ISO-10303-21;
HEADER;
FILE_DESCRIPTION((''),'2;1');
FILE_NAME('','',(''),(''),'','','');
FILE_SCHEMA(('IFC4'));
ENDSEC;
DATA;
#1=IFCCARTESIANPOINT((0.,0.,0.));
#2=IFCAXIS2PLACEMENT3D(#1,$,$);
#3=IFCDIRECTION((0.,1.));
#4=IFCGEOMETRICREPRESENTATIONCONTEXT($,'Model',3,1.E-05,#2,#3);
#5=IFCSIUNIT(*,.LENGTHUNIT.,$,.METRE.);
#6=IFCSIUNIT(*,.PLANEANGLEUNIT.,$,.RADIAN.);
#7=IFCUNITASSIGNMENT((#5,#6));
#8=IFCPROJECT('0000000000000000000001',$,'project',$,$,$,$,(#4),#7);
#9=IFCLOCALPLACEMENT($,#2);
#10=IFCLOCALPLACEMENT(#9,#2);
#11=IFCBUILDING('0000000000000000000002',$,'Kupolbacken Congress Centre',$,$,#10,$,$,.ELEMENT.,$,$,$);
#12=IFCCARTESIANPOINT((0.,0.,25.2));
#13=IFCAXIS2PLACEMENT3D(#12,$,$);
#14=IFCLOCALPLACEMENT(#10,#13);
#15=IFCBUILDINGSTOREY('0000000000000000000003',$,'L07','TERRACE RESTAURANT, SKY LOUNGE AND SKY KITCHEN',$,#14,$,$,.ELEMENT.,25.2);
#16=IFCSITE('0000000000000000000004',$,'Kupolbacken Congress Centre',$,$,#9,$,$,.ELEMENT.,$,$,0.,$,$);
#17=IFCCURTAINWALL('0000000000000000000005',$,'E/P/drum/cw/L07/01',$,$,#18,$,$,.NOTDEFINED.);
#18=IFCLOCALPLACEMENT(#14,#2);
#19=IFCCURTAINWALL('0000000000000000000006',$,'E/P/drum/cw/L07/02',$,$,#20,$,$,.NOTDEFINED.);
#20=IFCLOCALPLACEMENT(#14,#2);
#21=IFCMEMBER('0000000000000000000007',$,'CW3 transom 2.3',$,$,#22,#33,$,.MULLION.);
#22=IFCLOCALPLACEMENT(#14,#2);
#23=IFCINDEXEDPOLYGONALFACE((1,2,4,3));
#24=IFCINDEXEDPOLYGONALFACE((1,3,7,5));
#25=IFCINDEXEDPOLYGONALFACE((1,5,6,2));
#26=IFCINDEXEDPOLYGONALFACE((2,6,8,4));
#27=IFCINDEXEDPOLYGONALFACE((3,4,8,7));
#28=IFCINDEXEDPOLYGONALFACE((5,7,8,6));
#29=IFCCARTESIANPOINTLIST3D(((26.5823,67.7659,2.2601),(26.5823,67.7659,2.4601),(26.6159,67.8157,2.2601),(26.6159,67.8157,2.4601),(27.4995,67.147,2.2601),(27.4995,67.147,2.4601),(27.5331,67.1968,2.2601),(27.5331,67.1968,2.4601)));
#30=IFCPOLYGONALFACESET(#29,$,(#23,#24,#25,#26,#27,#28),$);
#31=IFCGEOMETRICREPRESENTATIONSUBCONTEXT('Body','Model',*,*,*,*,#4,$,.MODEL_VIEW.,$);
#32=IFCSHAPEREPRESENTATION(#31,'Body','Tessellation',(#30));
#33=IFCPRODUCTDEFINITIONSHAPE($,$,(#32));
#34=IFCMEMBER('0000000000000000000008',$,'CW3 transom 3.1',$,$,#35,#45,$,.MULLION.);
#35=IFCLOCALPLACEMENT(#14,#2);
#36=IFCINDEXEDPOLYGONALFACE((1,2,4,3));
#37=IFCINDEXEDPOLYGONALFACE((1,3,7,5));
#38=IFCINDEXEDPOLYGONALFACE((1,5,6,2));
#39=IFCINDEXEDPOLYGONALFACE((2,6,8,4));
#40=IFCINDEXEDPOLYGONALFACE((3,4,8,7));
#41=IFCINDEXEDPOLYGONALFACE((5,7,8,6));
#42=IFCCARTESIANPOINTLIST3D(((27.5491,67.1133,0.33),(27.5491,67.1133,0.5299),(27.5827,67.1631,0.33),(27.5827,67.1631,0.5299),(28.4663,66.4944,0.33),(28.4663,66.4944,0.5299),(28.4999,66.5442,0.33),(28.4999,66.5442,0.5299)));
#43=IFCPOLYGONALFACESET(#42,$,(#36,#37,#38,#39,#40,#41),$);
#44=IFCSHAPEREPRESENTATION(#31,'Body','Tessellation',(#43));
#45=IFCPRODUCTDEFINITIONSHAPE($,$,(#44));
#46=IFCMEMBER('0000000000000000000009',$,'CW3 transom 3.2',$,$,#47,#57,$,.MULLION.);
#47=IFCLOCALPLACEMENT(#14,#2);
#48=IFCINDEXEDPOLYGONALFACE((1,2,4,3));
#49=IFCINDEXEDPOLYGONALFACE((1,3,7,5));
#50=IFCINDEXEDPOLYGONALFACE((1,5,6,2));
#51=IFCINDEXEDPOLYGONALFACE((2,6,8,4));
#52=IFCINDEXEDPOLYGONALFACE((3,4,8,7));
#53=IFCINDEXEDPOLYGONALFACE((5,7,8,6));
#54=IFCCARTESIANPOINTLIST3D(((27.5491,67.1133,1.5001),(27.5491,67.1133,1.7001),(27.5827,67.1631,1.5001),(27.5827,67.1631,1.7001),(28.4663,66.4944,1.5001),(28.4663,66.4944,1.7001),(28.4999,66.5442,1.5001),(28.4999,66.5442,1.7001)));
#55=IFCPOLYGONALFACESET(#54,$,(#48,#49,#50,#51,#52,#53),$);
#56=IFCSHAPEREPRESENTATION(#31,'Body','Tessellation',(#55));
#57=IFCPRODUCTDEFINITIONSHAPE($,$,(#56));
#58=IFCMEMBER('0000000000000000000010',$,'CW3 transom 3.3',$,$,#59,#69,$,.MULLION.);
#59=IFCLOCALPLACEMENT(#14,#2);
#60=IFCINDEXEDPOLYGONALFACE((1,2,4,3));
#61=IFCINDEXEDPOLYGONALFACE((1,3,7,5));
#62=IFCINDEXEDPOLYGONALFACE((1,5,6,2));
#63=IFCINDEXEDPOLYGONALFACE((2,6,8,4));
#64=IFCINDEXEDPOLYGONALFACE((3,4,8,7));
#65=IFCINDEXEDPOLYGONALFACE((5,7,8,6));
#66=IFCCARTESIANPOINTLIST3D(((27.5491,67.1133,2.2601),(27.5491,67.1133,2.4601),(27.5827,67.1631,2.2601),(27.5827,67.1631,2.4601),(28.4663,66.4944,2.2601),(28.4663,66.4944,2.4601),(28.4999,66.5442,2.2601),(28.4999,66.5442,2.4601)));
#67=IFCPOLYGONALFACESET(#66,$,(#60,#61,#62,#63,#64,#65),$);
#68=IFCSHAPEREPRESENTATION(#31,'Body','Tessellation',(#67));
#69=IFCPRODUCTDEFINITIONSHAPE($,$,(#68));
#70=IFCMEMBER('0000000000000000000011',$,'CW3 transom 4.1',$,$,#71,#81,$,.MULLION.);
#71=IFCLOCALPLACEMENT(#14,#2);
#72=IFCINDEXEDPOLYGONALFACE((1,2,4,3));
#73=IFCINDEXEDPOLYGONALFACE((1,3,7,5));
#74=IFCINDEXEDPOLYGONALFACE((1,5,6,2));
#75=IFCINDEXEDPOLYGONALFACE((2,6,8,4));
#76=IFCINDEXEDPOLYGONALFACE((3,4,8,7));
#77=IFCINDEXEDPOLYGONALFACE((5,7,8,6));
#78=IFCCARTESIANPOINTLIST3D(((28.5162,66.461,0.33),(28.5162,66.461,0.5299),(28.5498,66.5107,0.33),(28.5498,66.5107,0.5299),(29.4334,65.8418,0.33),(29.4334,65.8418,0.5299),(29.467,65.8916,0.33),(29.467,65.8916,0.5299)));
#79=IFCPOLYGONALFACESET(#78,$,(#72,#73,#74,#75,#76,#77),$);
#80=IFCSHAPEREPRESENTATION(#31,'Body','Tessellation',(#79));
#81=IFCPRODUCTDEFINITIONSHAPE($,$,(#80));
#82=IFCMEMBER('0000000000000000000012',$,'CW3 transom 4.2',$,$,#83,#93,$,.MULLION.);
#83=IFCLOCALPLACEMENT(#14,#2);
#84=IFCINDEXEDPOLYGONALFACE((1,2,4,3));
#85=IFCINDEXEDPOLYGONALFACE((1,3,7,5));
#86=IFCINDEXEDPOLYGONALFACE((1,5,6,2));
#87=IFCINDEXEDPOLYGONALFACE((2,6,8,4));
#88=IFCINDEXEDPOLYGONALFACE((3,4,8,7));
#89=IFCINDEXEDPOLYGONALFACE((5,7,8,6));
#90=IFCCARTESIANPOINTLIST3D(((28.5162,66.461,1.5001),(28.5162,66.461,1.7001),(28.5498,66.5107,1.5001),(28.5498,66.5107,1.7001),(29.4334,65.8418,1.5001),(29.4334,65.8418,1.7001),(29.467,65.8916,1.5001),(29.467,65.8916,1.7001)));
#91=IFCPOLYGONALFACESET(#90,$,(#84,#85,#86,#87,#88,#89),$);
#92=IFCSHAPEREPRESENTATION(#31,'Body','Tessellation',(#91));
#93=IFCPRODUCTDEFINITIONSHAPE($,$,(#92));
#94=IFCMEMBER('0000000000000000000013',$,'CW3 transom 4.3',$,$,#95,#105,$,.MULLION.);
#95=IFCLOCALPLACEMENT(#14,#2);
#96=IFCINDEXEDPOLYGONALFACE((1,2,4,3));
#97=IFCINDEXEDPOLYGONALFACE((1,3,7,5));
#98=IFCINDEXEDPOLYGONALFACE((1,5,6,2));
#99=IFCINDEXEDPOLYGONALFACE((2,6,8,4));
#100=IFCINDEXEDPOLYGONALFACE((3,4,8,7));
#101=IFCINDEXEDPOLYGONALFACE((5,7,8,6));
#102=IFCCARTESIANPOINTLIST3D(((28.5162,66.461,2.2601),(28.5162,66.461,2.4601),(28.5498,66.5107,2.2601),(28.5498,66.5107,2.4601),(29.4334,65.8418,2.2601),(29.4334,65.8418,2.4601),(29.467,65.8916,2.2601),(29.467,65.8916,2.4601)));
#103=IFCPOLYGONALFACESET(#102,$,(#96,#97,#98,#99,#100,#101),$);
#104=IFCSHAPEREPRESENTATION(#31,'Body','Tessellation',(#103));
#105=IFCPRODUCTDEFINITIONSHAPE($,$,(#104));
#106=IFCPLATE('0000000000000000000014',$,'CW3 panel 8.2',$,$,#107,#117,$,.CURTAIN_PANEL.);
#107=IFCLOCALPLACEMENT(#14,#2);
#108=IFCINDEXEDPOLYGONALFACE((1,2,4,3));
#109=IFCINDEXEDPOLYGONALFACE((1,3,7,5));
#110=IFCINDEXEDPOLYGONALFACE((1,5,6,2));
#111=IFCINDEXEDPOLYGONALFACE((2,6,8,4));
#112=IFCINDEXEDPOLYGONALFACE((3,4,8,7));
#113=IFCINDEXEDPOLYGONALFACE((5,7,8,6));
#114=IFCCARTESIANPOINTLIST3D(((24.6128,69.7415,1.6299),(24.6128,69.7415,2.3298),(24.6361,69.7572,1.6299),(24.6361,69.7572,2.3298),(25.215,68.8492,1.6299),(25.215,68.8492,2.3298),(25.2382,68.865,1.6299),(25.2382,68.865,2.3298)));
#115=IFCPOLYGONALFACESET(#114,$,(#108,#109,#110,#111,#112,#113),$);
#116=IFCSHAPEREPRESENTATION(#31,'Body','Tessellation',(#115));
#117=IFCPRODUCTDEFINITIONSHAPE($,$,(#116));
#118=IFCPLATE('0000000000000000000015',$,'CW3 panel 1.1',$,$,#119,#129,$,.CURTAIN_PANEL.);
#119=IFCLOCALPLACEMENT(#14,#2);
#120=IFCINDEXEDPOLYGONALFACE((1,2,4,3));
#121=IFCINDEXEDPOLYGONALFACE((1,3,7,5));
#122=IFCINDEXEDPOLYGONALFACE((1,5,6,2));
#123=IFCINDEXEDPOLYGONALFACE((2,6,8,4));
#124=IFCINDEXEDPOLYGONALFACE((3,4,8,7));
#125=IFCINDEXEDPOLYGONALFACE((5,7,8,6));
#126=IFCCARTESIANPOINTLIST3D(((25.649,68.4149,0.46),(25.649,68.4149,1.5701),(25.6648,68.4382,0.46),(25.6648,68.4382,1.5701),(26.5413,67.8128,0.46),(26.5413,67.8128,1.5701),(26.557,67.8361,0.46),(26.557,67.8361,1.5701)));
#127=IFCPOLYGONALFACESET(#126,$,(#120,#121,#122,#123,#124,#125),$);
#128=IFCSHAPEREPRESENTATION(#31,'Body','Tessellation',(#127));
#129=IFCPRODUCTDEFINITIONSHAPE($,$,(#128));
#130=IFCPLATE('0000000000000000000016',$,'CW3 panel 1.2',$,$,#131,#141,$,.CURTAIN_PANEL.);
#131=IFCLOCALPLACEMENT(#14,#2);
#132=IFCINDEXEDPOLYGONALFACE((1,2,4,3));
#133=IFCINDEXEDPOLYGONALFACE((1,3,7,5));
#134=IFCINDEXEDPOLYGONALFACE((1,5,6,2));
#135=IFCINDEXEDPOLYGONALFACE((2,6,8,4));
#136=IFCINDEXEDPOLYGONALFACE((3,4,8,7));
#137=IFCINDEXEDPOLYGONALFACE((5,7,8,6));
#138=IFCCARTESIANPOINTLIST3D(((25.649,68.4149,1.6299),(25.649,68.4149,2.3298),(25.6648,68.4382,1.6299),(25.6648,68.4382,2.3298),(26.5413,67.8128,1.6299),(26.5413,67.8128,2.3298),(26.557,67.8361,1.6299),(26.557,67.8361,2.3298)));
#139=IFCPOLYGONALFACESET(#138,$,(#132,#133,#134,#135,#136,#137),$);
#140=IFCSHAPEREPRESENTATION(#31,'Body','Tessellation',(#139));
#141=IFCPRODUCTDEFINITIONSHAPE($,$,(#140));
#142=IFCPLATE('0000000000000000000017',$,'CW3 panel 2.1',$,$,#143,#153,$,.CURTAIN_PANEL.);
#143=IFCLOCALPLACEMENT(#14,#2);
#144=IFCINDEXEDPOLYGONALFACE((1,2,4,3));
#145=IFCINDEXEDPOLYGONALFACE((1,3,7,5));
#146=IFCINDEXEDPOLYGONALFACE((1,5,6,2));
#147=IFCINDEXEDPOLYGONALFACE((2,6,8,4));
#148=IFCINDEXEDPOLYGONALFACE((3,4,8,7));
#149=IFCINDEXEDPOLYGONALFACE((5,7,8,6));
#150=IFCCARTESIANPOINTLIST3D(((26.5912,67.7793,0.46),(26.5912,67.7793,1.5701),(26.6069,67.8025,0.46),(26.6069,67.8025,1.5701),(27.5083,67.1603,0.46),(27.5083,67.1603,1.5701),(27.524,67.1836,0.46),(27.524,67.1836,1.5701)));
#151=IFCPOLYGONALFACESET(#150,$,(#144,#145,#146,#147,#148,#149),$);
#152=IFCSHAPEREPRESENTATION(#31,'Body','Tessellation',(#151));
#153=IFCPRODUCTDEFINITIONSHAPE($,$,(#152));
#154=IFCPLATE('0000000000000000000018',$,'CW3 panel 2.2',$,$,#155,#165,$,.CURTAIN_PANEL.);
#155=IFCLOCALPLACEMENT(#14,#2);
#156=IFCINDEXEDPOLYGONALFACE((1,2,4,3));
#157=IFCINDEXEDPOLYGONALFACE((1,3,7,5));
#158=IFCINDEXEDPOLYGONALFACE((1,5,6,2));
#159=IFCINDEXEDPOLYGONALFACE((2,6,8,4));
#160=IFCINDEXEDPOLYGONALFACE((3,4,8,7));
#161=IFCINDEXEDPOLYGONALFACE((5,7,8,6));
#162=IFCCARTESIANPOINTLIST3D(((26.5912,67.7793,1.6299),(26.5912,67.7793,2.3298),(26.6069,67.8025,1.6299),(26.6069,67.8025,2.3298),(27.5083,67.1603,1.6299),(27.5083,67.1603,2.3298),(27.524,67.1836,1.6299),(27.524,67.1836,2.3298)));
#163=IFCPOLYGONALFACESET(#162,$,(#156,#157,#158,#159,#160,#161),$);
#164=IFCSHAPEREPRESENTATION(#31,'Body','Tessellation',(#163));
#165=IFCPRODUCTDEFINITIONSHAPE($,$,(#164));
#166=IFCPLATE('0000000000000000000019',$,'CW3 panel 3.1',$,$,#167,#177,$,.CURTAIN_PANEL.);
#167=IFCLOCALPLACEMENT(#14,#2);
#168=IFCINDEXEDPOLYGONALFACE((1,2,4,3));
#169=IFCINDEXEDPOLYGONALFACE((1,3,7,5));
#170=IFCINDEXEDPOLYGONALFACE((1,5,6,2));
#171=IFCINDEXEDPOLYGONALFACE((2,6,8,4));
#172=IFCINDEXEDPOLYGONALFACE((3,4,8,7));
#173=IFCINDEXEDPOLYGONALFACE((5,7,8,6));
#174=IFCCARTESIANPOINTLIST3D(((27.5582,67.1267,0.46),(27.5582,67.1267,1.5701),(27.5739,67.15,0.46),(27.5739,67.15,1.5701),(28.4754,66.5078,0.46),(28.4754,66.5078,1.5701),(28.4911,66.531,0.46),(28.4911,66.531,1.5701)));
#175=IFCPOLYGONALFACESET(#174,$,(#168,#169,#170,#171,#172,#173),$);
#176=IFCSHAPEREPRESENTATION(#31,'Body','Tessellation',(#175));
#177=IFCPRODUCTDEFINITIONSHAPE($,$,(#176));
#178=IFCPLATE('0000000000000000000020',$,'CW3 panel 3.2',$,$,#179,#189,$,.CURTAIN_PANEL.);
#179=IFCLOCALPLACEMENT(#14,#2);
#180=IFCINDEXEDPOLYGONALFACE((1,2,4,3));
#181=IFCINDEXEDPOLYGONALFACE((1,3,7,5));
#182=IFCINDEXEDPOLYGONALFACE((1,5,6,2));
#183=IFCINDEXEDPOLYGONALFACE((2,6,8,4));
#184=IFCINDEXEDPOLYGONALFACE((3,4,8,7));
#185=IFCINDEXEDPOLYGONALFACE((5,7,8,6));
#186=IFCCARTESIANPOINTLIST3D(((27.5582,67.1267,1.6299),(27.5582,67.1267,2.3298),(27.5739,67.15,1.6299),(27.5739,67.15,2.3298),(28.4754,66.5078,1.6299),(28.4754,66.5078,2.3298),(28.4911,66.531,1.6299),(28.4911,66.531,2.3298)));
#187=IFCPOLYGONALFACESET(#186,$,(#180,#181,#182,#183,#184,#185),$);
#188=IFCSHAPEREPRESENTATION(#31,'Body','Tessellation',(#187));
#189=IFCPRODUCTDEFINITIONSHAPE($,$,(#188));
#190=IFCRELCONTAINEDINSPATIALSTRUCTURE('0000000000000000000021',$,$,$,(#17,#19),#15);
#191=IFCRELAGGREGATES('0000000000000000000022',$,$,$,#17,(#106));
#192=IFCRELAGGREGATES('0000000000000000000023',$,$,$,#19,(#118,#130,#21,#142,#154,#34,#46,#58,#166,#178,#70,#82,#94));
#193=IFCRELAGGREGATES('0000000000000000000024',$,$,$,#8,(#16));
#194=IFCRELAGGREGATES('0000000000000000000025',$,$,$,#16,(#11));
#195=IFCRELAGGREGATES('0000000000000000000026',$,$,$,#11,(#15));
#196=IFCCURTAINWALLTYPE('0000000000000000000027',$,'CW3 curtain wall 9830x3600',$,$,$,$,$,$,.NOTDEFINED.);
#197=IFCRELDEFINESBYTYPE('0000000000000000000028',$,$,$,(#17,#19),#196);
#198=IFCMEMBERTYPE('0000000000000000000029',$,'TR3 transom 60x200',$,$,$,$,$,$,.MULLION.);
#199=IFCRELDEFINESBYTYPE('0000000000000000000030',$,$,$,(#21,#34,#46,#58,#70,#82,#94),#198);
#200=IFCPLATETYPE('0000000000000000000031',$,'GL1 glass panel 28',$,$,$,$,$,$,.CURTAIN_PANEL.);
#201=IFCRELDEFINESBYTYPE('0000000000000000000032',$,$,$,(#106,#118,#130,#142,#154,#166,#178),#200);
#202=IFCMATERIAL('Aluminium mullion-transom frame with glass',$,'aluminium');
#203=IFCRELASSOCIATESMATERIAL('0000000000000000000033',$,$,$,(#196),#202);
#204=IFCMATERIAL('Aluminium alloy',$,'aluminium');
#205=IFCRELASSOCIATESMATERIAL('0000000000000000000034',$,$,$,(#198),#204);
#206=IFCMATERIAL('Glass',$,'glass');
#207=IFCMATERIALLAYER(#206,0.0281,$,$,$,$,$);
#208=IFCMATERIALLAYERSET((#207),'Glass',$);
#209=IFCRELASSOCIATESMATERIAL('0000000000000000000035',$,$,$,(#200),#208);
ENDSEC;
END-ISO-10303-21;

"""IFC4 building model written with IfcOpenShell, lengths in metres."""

from ifc_helpers import new_model, si_unit, direction, frame, origin, origin_2d, place, context, subcontext, project, spatial, rectangle, extrude, material, layer, layer_set, material_profile, profile_set, type_object, element, aggregate, save


model = new_model("IFC4")

# Units and contexts
model_context = context("Model", 3, precision=1e-05, world=origin(), true_north=direction((0.0, 1.0)))
body_context = subcontext(model_context, "Body", "Model", "MODEL_VIEW")
ifc_project = project(units=[si_unit("LENGTHUNIT", "METRE"), si_unit("PLANEANGLEUNIT", "RADIAN")], contexts=[model_context])

# Site, building, storey
site_placement = place(None, origin())
site = spatial("IfcSite", under=ifc_project, at=site_placement, Name="Kupolbacken Congress Centre", CompositionType="ELEMENT", RefElevation=0.0)
building_placement = place(site_placement, origin())
building = spatial("IfcBuilding", under=site, at=building_placement, Name="Kupolbacken Congress Centre", CompositionType="ELEMENT")
storey_placement = place(building_placement, frame((0.0, 0.0, 25.2)))
storey = spatial("IfcBuildingStorey", under=building, at=storey_placement, Name="L07", Description="TERRACE RESTAURANT, SKY LOUNGE AND SKY KITCHEN", CompositionType="ELEMENT", Elevation=25.2)

# Curtain wall
ifc_material_1 = material(Name="Aluminium mullion-transom frame with glass", Category="aluminium")
curtain_wall_type = type_object("IfcCurtainWallType", Name="CW3 curtain wall 9830x3600", PredefinedType="NOTDEFINED", material=ifc_material_1)
curtain_wall_1_placement = place(storey_placement, origin())
curtain_wall_1 = element("IfcCurtainWall", 1, at=curtain_wall_1_placement, inside=storey, type_object=curtain_wall_type, Name="E/P/drum/cw/L07/01", PredefinedType="NOTDEFINED")

# Curtain wall, members
curtain_wall_2_placement = place(storey_placement, origin())
curtain_wall_2 = element("IfcCurtainWall", 2, at=curtain_wall_2_placement, inside=storey, type_object=curtain_wall_type, Name="E/P/drum/cw/L07/02", PredefinedType="NOTDEFINED")
ifc_material_2 = material(Name="Aluminium alloy", Category="aluminium")
ifc_material_profile_1 = material_profile(ifc_material_2, rectangle(XDim=0.0601, YDim=0.2, at=origin_2d()), Name="60 x 200")
ifc_profile_set_1 = profile_set([ifc_material_profile_1], Name="Aluminium alloy")
member_type_1 = type_object("IfcMemberType", Name="TR3 transom 60x200", PredefinedType="MULLION", material=ifc_profile_set_1)
member_1_placement = place(storey_placement, frame((26.5991, 67.7908, 2.3601), z_axis=(0.828948, -0.559325, 0.0), x_axis=(0.559325, 0.828948, 0.0)))
member_1 = element("IfcMember", 3, at=member_1_placement, type_object=member_type_1, Name="CW3 transom 2.3", PredefinedType="MULLION", context=body_context, shape_type="SweptSolid", body=[
    extrude(rectangle(XDim=0.0601, YDim=0.2, at=origin_2d()), origin(), (0.0, 0.0, 1.0), 1.1064),
])
member_2_placement = place(storey_placement, frame((27.5659, 67.1382, 0.4299), z_axis=(0.828948, -0.559325, 0.0), x_axis=(0.559325, 0.828948, 0.0)))
member_2 = element("IfcMember", 4, at=member_2_placement, type_object=member_type_1, Name="CW3 transom 3.1", PredefinedType="MULLION", context=body_context, shape_type="SweptSolid", body=[
    extrude(rectangle(XDim=0.0601, YDim=0.2, at=origin_2d()), origin(), (0.0, 0.0, 1.0), 1.1064),
])
member_3_placement = place(storey_placement, frame((27.5659, 67.1382, 1.6001), z_axis=(0.828948, -0.559325, 0.0), x_axis=(0.559325, 0.828948, 0.0)))
member_3 = element("IfcMember", 5, at=member_3_placement, type_object=member_type_1, Name="CW3 transom 3.2", PredefinedType="MULLION", context=body_context, shape_type="SweptSolid", body=[
    extrude(rectangle(XDim=0.0601, YDim=0.2, at=origin_2d()), origin(), (0.0, 0.0, 1.0), 1.1064),
])
member_4_placement = place(storey_placement, frame((27.5659, 67.1382, 2.3601), z_axis=(0.828948, -0.559325, 0.0), x_axis=(0.559325, 0.828948, 0.0)))
member_4 = element("IfcMember", 6, at=member_4_placement, type_object=member_type_1, Name="CW3 transom 3.3", PredefinedType="MULLION", context=body_context, shape_type="SweptSolid", body=[
    extrude(rectangle(XDim=0.0601, YDim=0.2, at=origin_2d()), origin(), (0.0, 0.0, 1.0), 1.1064),
])
member_5_placement = place(storey_placement, frame((28.533, 66.4858, 0.4299), z_axis=(0.828846, -0.559477, 0.0), x_axis=(0.559477, 0.828846, 0.0)))
member_5 = element("IfcMember", 7, at=member_5_placement, type_object=member_type_1, Name="CW3 transom 4.1", PredefinedType="MULLION", context=body_context, shape_type="SweptSolid", body=[
    extrude(rectangle(XDim=0.0601, YDim=0.2, at=origin_2d()), origin(), (0.0, 0.0, 1.0), 1.1067),
])
member_6_placement = place(storey_placement, frame((28.533, 66.4858, 1.6001), z_axis=(0.828846, -0.559477, 0.0), x_axis=(0.559477, 0.828846, 0.0)))
member_6 = element("IfcMember", 8, at=member_6_placement, type_object=member_type_1, Name="CW3 transom 4.2", PredefinedType="MULLION", context=body_context, shape_type="SweptSolid", body=[
    extrude(rectangle(XDim=0.0601, YDim=0.2, at=origin_2d()), origin(), (0.0, 0.0, 1.0), 1.1067),
])
member_7_placement = place(storey_placement, frame((28.533, 66.4858, 2.3601), z_axis=(0.828846, -0.559477, 0.0), x_axis=(0.559477, 0.828846, 0.0)))
member_7 = element("IfcMember", 9, at=member_7_placement, type_object=member_type_1, Name="CW3 transom 4.3", PredefinedType="MULLION", context=body_context, shape_type="SweptSolid", body=[
    extrude(rectangle(XDim=0.0601, YDim=0.2, at=origin_2d()), origin(), (0.0, 0.0, 1.0), 1.1067),
])

# Plates
ifc_material_3 = material(Name="Glass", Category="glass")
ifc_layer_1 = layer(ifc_material_3, 0.0281)
ifc_layer_set_1 = layer_set([ifc_layer_1], Name="Glass")
plate_type = type_object("IfcPlateType", Name="GL1 glass panel 28", PredefinedType="CURTAIN_PANEL", material=ifc_layer_set_1)
plate_1_placement = place(storey_placement, frame((24.9255, 69.3032, 1.6299), z_axis=(0.0, 0.0, 1.0), x_axis=(0.559386, -0.828908, 0.0)))
plate_1 = element("IfcPlate", 10, at=plate_1_placement, type_object=plate_type, Name="CW3 panel 8.2", PredefinedType="CURTAIN_PANEL", context=body_context, shape_type="SweptSolid", body=[
    extrude(rectangle(XDim=1.0764, YDim=0.0281, at=origin_2d()), origin(), (0.0, 0.0, 1.0), 0.7),
])
aggregate(curtain_wall_1, [plate_1])
plate_2_placement = place(storey_placement, frame((26.103, 68.1255, 0.46), z_axis=(0.0, 0.0, 1.0), x_axis=(0.828908, -0.559386, 0.0)))
plate_2 = element("IfcPlate", 11, at=plate_2_placement, type_object=plate_type, Name="CW3 panel 1.1", PredefinedType="CURTAIN_PANEL", context=body_context, shape_type="SweptSolid", body=[
    extrude(rectangle(XDim=1.0764, YDim=0.0281, at=origin_2d()), origin(), (0.0, 0.0, 1.0), 1.1101),
])
plate_3_placement = place(storey_placement, frame((26.103, 68.1255, 1.6299), z_axis=(0.0, 0.0, 1.0), x_axis=(0.828908, -0.559386, 0.0)))
plate_3 = element("IfcPlate", 12, at=plate_3_placement, type_object=plate_type, Name="CW3 panel 1.2", PredefinedType="CURTAIN_PANEL", context=body_context, shape_type="SweptSolid", body=[
    extrude(rectangle(XDim=1.0764, YDim=0.0281, at=origin_2d()), origin(), (0.0, 0.0, 1.0), 0.7),
])
plate_4_placement = place(storey_placement, frame((27.0576, 67.4814, 0.46), z_axis=(0.0, 0.0, 1.0), x_axis=(0.828908, -0.559386, 0.0)))
plate_4 = element("IfcPlate", 13, at=plate_4_placement, type_object=plate_type, Name="CW3 panel 2.1", PredefinedType="CURTAIN_PANEL", context=body_context, shape_type="SweptSolid", body=[
    extrude(rectangle(XDim=1.1064, YDim=0.0281, at=origin_2d()), origin(), (0.0, 0.0, 1.0), 1.1101),
])
plate_5_placement = place(storey_placement, frame((27.0576, 67.4814, 1.6299), z_axis=(0.0, 0.0, 1.0), x_axis=(0.828908, -0.559386, 0.0)))
plate_5 = element("IfcPlate", 14, at=plate_5_placement, type_object=plate_type, Name="CW3 panel 2.2", PredefinedType="CURTAIN_PANEL", context=body_context, shape_type="SweptSolid", body=[
    extrude(rectangle(XDim=1.1064, YDim=0.0281, at=origin_2d()), origin(), (0.0, 0.0, 1.0), 0.7),
])
plate_6_placement = place(storey_placement, frame((28.0247, 66.8289, 0.46), z_axis=(0.0, 0.0, 1.0), x_axis=(0.828908, -0.559386, 0.0)))
plate_6 = element("IfcPlate", 15, at=plate_6_placement, type_object=plate_type, Name="CW3 panel 3.1", PredefinedType="CURTAIN_PANEL", context=body_context, shape_type="SweptSolid", body=[
    extrude(rectangle(XDim=1.1064, YDim=0.0281, at=origin_2d()), origin(), (0.0, 0.0, 1.0), 1.1101),
])
plate_7_placement = place(storey_placement, frame((28.0247, 66.8289, 1.6299), z_axis=(0.0, 0.0, 1.0), x_axis=(0.828908, -0.559386, 0.0)))
plate_7 = element("IfcPlate", 16, at=plate_7_placement, type_object=plate_type, Name="CW3 panel 3.2", PredefinedType="CURTAIN_PANEL", context=body_context, shape_type="SweptSolid", body=[
    extrude(rectangle(XDim=1.1064, YDim=0.0281, at=origin_2d()), origin(), (0.0, 0.0, 1.0), 0.7),
])
aggregate(curtain_wall_2, [plate_2, plate_3, member_1, plate_4, plate_5, member_2, member_3, member_4, plate_6, plate_7, member_5, member_6, member_7])

save(model, "model.ifc")
